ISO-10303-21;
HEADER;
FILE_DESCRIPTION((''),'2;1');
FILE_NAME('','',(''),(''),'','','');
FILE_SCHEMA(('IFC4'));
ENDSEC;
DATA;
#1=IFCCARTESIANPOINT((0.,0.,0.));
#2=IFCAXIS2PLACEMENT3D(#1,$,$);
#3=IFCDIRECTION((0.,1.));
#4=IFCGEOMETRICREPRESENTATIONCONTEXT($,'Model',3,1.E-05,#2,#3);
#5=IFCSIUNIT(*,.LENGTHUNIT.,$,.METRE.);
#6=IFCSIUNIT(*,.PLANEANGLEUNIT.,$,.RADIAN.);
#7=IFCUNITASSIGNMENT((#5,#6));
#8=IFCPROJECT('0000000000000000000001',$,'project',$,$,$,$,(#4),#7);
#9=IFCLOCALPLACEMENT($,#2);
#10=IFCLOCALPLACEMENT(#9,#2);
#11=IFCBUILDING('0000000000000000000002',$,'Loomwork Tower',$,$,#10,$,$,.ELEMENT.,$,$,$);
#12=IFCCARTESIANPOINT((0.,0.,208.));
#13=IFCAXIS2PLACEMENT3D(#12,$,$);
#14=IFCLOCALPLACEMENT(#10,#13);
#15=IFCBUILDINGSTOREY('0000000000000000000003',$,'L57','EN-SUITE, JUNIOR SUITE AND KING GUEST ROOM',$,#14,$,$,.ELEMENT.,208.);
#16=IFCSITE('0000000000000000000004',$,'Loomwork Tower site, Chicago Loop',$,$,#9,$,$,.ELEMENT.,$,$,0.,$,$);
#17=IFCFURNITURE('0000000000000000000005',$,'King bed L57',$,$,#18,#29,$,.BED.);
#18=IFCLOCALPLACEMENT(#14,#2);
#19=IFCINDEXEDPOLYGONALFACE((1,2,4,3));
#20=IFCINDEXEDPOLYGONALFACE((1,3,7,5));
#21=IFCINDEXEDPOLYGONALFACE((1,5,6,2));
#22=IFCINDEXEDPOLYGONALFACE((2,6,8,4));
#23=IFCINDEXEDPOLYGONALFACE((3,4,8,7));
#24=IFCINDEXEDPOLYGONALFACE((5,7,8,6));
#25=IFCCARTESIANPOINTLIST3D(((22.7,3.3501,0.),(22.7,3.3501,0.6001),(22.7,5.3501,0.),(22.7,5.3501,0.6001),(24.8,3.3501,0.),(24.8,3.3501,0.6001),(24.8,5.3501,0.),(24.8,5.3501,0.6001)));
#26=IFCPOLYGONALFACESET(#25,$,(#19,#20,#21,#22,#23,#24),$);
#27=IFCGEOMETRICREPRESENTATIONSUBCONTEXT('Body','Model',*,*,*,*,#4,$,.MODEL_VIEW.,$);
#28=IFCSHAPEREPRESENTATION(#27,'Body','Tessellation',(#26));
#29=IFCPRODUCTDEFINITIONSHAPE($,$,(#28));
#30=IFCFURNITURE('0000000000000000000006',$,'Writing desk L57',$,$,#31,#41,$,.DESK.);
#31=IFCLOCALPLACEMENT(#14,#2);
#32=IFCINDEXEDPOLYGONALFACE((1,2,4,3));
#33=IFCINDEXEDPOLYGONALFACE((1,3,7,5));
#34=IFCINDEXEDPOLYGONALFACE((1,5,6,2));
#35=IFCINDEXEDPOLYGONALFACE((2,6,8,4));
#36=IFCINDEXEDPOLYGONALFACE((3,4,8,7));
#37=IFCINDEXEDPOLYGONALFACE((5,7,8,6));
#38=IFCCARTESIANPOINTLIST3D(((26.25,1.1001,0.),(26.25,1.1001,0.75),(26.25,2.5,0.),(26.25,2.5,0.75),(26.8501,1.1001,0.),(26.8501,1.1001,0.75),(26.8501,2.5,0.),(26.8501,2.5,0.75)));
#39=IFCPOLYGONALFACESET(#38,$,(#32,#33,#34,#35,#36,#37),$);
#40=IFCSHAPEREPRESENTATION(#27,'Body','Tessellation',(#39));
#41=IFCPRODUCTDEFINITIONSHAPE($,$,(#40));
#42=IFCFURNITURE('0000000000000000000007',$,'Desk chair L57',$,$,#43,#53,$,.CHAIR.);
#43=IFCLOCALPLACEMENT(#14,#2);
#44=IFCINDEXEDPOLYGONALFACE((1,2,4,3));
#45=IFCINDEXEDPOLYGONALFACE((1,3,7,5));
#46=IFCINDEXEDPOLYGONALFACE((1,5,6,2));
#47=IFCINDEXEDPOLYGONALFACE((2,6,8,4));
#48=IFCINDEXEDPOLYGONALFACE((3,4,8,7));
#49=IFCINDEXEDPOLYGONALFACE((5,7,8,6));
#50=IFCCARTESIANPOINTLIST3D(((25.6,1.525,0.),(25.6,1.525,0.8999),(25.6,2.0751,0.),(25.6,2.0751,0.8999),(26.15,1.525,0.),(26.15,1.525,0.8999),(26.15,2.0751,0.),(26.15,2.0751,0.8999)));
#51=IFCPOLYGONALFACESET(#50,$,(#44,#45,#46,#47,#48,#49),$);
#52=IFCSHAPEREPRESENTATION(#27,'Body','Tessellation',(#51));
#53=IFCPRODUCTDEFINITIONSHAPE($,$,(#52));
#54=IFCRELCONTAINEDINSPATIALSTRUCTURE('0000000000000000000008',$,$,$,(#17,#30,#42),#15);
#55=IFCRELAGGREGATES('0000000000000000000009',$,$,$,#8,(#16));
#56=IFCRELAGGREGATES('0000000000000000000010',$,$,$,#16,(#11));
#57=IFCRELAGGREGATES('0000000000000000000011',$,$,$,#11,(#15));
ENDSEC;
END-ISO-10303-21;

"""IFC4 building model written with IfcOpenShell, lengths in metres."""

from ifc_helpers import new_model, si_unit, direction, frame, origin, origin_2d, place, context, subcontext, project, spatial, rectangle, extrude, element, save


model = new_model("IFC4")

# Units and contexts
model_context = context("Model", 3, precision=1e-05, world=origin(), true_north=direction((0.0, 1.0)))
body_context = subcontext(model_context, "Body", "Model", "MODEL_VIEW")
ifc_project = project(units=[si_unit("LENGTHUNIT", "METRE"), si_unit("PLANEANGLEUNIT", "RADIAN")], contexts=[model_context])

# Site, building, storey
site_placement = place(None, origin())
site = spatial("IfcSite", under=ifc_project, at=site_placement, Name="Loomwork Tower site, Chicago Loop", CompositionType="ELEMENT", RefElevation=0.0)
building_placement = place(site_placement, origin())
building = spatial("IfcBuilding", under=site, at=building_placement, Name="Loomwork Tower", CompositionType="ELEMENT")
storey_placement = place(building_placement, frame((0.0, 0.0, 208.0)))
storey = spatial("IfcBuildingStorey", under=building, at=storey_placement, Name="L57", Description="EN-SUITE, JUNIOR SUITE AND KING GUEST ROOM", CompositionType="ELEMENT", Elevation=208.0)

# Furniture
for number, where, z_axis, x_axis, name in (
    (1, (23.75, 4.3501, 0.0), (0.0, 0.0, 1.0), (1.0, 0.0, 0.0), "King bed L57"),
):
    element("IfcFurniture", number, at=place(storey_placement, frame(where, z_axis=z_axis, x_axis=x_axis)), inside=storey, Name=name, PredefinedType="BED", context=body_context, shape_type="SweptSolid", body=[
        extrude(rectangle(XDim=2.1001, YDim=2.0, at=origin_2d()), origin(), (0.0, 0.0, 1.0), 0.6001),
    ])
furniture_1_placement = place(storey_placement, frame((26.55, 1.8, 0.0), z_axis=(0.0, 0.0, 1.0), x_axis=(1.0, 0.0, 0.0)))
element("IfcFurniture", 2, at=furniture_1_placement, inside=storey, Name="Writing desk L57", PredefinedType="DESK", context=body_context, shape_type="SweptSolid", body=[
    extrude(rectangle(XDim=0.6001, YDim=1.3999, at=origin_2d()), origin(), (0.0, 0.0, 1.0), 0.75),
])
furniture_2_placement = place(storey_placement, frame((25.875, 1.8, 0.0), z_axis=(0.0, 0.0, 1.0), x_axis=(1.0, 0.0, 0.0)))
element("IfcFurniture", 3, at=furniture_2_placement, inside=storey, Name="Desk chair L57", PredefinedType="CHAIR", context=body_context, shape_type="SweptSolid", body=[
    extrude(rectangle(XDim=0.55, YDim=0.55, at=origin_2d()), origin(), (0.0, 0.0, 1.0), 0.8999),
])

save(model, "model.ifc")
